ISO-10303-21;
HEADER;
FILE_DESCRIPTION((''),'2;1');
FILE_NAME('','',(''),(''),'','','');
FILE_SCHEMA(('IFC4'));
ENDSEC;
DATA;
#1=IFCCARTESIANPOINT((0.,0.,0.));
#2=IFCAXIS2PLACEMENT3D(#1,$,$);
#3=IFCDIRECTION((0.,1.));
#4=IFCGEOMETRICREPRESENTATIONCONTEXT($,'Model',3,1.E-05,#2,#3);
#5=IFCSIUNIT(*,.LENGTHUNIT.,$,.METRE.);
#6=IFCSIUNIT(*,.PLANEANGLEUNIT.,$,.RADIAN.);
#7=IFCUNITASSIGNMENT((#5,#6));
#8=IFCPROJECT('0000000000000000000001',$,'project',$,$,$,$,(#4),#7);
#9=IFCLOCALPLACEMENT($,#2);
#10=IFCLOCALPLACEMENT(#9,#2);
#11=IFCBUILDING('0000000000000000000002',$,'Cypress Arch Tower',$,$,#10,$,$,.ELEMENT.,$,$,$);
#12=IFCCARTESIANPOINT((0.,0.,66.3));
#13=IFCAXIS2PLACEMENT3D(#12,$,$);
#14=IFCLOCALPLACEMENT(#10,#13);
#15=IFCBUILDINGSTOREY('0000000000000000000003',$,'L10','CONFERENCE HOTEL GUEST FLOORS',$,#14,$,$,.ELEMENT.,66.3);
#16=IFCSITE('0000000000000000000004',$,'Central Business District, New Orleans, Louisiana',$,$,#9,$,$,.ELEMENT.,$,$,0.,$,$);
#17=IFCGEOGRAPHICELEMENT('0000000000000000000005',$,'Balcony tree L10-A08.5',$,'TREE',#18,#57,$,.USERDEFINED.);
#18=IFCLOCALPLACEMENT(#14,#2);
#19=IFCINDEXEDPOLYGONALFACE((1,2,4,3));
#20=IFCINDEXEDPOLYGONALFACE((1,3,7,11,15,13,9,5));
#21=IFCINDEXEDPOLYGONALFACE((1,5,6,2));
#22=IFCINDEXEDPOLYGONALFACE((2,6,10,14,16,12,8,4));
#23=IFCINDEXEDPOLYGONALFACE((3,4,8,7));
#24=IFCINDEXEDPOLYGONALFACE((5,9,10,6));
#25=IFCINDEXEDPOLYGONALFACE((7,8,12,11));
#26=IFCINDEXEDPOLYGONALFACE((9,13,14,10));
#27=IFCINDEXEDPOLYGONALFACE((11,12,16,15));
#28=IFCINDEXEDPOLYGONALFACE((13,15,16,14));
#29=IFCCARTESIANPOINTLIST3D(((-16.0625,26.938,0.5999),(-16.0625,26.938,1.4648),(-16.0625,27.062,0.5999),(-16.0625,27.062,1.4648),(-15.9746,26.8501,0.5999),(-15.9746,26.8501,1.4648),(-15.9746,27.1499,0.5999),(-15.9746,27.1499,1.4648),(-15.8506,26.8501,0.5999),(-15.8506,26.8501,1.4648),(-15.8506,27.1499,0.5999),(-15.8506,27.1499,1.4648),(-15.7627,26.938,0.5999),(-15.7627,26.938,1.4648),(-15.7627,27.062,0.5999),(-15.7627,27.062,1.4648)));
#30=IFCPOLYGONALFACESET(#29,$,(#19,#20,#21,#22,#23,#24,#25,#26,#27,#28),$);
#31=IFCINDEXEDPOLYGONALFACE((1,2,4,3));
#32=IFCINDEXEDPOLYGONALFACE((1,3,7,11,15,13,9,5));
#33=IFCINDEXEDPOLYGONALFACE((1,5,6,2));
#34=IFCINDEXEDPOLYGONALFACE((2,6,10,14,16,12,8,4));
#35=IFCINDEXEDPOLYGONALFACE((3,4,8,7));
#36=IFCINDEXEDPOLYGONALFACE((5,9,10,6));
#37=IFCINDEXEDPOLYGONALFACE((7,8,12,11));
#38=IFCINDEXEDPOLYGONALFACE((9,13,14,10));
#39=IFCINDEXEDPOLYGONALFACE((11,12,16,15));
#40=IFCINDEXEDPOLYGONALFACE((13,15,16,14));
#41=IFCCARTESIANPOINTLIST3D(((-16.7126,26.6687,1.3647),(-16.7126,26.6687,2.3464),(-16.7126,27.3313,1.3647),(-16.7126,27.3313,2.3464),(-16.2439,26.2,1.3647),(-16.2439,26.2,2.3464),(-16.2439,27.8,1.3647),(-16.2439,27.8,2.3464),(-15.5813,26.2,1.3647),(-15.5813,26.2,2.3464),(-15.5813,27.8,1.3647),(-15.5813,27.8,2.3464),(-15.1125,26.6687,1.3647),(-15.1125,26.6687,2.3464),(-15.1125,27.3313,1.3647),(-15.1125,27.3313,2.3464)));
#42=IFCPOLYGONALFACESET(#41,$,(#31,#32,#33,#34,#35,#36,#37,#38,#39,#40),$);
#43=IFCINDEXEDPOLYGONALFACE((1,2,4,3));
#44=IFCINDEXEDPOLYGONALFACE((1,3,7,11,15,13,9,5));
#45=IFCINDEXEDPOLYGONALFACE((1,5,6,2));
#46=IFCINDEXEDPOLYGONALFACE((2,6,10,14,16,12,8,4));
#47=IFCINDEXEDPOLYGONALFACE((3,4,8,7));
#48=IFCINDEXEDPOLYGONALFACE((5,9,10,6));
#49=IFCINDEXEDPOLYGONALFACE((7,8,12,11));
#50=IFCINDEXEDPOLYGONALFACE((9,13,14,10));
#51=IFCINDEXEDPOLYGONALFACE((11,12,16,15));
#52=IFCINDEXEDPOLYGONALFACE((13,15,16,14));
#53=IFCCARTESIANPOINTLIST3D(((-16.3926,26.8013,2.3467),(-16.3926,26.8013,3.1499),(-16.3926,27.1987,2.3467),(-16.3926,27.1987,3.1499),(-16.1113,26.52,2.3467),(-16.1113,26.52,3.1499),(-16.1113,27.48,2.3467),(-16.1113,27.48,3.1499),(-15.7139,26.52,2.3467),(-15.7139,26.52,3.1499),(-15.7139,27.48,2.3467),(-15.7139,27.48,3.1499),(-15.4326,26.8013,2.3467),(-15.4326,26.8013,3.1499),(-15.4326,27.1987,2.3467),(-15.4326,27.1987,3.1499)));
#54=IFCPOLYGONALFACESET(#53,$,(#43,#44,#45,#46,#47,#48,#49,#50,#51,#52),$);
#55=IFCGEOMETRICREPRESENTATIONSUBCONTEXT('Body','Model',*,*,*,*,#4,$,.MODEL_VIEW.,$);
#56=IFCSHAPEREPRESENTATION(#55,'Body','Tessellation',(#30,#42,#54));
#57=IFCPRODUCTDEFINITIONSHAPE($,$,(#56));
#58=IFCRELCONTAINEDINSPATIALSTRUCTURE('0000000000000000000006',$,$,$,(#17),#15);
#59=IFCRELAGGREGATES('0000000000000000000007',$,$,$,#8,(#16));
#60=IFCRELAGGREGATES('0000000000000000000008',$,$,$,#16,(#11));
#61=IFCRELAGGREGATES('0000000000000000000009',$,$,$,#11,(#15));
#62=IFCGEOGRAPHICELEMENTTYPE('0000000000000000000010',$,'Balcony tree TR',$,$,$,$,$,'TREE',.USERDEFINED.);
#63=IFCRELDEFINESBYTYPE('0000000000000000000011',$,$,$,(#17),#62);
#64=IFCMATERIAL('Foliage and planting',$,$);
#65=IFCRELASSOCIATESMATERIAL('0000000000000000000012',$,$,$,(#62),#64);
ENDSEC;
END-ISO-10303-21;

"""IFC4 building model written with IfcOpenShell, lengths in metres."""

from ifc_helpers import new_model, si_unit, direction, frame, origin, place, context, subcontext, project, spatial, polyline, outline, extrude, material, type_object, element, save


model = new_model("IFC4")

# Units and contexts
model_context = context("Model", 3, precision=1e-05, world=origin(), true_north=direction((0.0, 1.0)))
body_context = subcontext(model_context, "Body", "Model", "MODEL_VIEW")
ifc_project = project(units=[si_unit("LENGTHUNIT", "METRE"), si_unit("PLANEANGLEUNIT", "RADIAN")], contexts=[model_context])

# Site, building, storey
site_placement = place(None, origin())
site = spatial("IfcSite", under=ifc_project, at=site_placement, Name="Central Business District, New Orleans, Louisiana", CompositionType="ELEMENT", RefElevation=0.0)
building_placement = place(site_placement, origin())
building = spatial("IfcBuilding", under=site, at=building_placement, Name="Cypress Arch Tower", CompositionType="ELEMENT")
storey_placement = place(building_placement, frame((0.0, 0.0, 66.3)))
storey = spatial("IfcBuildingStorey", under=building, at=storey_placement, Name="L10", Description="CONFERENCE HOTEL GUEST FLOORS", CompositionType="ELEMENT", Elevation=66.3)

# Geographic element
ifc_material_1 = material(Name="Foliage and planting")
geographic_element_type = type_object("IfcGeographicElementType", Name="Balcony tree TR", ElementType="TREE", PredefinedType="USERDEFINED", material=ifc_material_1)
geographic_element_placement = place(storey_placement, frame((-15.9126, 27.0, 0.5999), z_axis=(0.0, 0.0, 1.0), x_axis=(1.0, 0.0, 0.0)))
element("IfcGeographicElement", 1, at=geographic_element_placement, inside=storey, type_object=geographic_element_type, Name="Balcony tree L10-A08.5", ObjectType="TREE", PredefinedType="USERDEFINED", context=body_context, shape_type="SweptSolid", body=[
    extrude(outline(polyline([(0.1499, 0.062), (0.062, 0.1499), (-0.062, 0.1499), (-0.1499, 0.062), (-0.1499, -0.062), (-0.062, -0.1499), (0.062, -0.1499), (0.1499, -0.062), (0.1499, 0.062)])), origin(), (0.0, 0.0, 1.0), 0.865),
    extrude(outline(polyline([(0.8, 0.3313), (0.3313, 0.8), (-0.3313, 0.8), (-0.8, 0.3313), (-0.8, -0.3313), (-0.3313, -0.8), (0.3313, -0.8), (0.8, -0.3313), (0.8, 0.3313)])), frame((0.0, 0.0, 0.7649)), (0.0, 0.0, 1.0), 0.9817),
    extrude(outline(polyline([(0.48, 0.1987), (0.1987, 0.48), (-0.1987, 0.48), (-0.48, 0.1987), (-0.48, -0.1987), (-0.1987, -0.48), (0.1987, -0.48), (0.48, -0.1987), (0.48, 0.1987)])), frame((0.0, 0.0, 1.7468)), (0.0, 0.0, 1.0), 0.8032),
])

save(model, "model.ifc")
